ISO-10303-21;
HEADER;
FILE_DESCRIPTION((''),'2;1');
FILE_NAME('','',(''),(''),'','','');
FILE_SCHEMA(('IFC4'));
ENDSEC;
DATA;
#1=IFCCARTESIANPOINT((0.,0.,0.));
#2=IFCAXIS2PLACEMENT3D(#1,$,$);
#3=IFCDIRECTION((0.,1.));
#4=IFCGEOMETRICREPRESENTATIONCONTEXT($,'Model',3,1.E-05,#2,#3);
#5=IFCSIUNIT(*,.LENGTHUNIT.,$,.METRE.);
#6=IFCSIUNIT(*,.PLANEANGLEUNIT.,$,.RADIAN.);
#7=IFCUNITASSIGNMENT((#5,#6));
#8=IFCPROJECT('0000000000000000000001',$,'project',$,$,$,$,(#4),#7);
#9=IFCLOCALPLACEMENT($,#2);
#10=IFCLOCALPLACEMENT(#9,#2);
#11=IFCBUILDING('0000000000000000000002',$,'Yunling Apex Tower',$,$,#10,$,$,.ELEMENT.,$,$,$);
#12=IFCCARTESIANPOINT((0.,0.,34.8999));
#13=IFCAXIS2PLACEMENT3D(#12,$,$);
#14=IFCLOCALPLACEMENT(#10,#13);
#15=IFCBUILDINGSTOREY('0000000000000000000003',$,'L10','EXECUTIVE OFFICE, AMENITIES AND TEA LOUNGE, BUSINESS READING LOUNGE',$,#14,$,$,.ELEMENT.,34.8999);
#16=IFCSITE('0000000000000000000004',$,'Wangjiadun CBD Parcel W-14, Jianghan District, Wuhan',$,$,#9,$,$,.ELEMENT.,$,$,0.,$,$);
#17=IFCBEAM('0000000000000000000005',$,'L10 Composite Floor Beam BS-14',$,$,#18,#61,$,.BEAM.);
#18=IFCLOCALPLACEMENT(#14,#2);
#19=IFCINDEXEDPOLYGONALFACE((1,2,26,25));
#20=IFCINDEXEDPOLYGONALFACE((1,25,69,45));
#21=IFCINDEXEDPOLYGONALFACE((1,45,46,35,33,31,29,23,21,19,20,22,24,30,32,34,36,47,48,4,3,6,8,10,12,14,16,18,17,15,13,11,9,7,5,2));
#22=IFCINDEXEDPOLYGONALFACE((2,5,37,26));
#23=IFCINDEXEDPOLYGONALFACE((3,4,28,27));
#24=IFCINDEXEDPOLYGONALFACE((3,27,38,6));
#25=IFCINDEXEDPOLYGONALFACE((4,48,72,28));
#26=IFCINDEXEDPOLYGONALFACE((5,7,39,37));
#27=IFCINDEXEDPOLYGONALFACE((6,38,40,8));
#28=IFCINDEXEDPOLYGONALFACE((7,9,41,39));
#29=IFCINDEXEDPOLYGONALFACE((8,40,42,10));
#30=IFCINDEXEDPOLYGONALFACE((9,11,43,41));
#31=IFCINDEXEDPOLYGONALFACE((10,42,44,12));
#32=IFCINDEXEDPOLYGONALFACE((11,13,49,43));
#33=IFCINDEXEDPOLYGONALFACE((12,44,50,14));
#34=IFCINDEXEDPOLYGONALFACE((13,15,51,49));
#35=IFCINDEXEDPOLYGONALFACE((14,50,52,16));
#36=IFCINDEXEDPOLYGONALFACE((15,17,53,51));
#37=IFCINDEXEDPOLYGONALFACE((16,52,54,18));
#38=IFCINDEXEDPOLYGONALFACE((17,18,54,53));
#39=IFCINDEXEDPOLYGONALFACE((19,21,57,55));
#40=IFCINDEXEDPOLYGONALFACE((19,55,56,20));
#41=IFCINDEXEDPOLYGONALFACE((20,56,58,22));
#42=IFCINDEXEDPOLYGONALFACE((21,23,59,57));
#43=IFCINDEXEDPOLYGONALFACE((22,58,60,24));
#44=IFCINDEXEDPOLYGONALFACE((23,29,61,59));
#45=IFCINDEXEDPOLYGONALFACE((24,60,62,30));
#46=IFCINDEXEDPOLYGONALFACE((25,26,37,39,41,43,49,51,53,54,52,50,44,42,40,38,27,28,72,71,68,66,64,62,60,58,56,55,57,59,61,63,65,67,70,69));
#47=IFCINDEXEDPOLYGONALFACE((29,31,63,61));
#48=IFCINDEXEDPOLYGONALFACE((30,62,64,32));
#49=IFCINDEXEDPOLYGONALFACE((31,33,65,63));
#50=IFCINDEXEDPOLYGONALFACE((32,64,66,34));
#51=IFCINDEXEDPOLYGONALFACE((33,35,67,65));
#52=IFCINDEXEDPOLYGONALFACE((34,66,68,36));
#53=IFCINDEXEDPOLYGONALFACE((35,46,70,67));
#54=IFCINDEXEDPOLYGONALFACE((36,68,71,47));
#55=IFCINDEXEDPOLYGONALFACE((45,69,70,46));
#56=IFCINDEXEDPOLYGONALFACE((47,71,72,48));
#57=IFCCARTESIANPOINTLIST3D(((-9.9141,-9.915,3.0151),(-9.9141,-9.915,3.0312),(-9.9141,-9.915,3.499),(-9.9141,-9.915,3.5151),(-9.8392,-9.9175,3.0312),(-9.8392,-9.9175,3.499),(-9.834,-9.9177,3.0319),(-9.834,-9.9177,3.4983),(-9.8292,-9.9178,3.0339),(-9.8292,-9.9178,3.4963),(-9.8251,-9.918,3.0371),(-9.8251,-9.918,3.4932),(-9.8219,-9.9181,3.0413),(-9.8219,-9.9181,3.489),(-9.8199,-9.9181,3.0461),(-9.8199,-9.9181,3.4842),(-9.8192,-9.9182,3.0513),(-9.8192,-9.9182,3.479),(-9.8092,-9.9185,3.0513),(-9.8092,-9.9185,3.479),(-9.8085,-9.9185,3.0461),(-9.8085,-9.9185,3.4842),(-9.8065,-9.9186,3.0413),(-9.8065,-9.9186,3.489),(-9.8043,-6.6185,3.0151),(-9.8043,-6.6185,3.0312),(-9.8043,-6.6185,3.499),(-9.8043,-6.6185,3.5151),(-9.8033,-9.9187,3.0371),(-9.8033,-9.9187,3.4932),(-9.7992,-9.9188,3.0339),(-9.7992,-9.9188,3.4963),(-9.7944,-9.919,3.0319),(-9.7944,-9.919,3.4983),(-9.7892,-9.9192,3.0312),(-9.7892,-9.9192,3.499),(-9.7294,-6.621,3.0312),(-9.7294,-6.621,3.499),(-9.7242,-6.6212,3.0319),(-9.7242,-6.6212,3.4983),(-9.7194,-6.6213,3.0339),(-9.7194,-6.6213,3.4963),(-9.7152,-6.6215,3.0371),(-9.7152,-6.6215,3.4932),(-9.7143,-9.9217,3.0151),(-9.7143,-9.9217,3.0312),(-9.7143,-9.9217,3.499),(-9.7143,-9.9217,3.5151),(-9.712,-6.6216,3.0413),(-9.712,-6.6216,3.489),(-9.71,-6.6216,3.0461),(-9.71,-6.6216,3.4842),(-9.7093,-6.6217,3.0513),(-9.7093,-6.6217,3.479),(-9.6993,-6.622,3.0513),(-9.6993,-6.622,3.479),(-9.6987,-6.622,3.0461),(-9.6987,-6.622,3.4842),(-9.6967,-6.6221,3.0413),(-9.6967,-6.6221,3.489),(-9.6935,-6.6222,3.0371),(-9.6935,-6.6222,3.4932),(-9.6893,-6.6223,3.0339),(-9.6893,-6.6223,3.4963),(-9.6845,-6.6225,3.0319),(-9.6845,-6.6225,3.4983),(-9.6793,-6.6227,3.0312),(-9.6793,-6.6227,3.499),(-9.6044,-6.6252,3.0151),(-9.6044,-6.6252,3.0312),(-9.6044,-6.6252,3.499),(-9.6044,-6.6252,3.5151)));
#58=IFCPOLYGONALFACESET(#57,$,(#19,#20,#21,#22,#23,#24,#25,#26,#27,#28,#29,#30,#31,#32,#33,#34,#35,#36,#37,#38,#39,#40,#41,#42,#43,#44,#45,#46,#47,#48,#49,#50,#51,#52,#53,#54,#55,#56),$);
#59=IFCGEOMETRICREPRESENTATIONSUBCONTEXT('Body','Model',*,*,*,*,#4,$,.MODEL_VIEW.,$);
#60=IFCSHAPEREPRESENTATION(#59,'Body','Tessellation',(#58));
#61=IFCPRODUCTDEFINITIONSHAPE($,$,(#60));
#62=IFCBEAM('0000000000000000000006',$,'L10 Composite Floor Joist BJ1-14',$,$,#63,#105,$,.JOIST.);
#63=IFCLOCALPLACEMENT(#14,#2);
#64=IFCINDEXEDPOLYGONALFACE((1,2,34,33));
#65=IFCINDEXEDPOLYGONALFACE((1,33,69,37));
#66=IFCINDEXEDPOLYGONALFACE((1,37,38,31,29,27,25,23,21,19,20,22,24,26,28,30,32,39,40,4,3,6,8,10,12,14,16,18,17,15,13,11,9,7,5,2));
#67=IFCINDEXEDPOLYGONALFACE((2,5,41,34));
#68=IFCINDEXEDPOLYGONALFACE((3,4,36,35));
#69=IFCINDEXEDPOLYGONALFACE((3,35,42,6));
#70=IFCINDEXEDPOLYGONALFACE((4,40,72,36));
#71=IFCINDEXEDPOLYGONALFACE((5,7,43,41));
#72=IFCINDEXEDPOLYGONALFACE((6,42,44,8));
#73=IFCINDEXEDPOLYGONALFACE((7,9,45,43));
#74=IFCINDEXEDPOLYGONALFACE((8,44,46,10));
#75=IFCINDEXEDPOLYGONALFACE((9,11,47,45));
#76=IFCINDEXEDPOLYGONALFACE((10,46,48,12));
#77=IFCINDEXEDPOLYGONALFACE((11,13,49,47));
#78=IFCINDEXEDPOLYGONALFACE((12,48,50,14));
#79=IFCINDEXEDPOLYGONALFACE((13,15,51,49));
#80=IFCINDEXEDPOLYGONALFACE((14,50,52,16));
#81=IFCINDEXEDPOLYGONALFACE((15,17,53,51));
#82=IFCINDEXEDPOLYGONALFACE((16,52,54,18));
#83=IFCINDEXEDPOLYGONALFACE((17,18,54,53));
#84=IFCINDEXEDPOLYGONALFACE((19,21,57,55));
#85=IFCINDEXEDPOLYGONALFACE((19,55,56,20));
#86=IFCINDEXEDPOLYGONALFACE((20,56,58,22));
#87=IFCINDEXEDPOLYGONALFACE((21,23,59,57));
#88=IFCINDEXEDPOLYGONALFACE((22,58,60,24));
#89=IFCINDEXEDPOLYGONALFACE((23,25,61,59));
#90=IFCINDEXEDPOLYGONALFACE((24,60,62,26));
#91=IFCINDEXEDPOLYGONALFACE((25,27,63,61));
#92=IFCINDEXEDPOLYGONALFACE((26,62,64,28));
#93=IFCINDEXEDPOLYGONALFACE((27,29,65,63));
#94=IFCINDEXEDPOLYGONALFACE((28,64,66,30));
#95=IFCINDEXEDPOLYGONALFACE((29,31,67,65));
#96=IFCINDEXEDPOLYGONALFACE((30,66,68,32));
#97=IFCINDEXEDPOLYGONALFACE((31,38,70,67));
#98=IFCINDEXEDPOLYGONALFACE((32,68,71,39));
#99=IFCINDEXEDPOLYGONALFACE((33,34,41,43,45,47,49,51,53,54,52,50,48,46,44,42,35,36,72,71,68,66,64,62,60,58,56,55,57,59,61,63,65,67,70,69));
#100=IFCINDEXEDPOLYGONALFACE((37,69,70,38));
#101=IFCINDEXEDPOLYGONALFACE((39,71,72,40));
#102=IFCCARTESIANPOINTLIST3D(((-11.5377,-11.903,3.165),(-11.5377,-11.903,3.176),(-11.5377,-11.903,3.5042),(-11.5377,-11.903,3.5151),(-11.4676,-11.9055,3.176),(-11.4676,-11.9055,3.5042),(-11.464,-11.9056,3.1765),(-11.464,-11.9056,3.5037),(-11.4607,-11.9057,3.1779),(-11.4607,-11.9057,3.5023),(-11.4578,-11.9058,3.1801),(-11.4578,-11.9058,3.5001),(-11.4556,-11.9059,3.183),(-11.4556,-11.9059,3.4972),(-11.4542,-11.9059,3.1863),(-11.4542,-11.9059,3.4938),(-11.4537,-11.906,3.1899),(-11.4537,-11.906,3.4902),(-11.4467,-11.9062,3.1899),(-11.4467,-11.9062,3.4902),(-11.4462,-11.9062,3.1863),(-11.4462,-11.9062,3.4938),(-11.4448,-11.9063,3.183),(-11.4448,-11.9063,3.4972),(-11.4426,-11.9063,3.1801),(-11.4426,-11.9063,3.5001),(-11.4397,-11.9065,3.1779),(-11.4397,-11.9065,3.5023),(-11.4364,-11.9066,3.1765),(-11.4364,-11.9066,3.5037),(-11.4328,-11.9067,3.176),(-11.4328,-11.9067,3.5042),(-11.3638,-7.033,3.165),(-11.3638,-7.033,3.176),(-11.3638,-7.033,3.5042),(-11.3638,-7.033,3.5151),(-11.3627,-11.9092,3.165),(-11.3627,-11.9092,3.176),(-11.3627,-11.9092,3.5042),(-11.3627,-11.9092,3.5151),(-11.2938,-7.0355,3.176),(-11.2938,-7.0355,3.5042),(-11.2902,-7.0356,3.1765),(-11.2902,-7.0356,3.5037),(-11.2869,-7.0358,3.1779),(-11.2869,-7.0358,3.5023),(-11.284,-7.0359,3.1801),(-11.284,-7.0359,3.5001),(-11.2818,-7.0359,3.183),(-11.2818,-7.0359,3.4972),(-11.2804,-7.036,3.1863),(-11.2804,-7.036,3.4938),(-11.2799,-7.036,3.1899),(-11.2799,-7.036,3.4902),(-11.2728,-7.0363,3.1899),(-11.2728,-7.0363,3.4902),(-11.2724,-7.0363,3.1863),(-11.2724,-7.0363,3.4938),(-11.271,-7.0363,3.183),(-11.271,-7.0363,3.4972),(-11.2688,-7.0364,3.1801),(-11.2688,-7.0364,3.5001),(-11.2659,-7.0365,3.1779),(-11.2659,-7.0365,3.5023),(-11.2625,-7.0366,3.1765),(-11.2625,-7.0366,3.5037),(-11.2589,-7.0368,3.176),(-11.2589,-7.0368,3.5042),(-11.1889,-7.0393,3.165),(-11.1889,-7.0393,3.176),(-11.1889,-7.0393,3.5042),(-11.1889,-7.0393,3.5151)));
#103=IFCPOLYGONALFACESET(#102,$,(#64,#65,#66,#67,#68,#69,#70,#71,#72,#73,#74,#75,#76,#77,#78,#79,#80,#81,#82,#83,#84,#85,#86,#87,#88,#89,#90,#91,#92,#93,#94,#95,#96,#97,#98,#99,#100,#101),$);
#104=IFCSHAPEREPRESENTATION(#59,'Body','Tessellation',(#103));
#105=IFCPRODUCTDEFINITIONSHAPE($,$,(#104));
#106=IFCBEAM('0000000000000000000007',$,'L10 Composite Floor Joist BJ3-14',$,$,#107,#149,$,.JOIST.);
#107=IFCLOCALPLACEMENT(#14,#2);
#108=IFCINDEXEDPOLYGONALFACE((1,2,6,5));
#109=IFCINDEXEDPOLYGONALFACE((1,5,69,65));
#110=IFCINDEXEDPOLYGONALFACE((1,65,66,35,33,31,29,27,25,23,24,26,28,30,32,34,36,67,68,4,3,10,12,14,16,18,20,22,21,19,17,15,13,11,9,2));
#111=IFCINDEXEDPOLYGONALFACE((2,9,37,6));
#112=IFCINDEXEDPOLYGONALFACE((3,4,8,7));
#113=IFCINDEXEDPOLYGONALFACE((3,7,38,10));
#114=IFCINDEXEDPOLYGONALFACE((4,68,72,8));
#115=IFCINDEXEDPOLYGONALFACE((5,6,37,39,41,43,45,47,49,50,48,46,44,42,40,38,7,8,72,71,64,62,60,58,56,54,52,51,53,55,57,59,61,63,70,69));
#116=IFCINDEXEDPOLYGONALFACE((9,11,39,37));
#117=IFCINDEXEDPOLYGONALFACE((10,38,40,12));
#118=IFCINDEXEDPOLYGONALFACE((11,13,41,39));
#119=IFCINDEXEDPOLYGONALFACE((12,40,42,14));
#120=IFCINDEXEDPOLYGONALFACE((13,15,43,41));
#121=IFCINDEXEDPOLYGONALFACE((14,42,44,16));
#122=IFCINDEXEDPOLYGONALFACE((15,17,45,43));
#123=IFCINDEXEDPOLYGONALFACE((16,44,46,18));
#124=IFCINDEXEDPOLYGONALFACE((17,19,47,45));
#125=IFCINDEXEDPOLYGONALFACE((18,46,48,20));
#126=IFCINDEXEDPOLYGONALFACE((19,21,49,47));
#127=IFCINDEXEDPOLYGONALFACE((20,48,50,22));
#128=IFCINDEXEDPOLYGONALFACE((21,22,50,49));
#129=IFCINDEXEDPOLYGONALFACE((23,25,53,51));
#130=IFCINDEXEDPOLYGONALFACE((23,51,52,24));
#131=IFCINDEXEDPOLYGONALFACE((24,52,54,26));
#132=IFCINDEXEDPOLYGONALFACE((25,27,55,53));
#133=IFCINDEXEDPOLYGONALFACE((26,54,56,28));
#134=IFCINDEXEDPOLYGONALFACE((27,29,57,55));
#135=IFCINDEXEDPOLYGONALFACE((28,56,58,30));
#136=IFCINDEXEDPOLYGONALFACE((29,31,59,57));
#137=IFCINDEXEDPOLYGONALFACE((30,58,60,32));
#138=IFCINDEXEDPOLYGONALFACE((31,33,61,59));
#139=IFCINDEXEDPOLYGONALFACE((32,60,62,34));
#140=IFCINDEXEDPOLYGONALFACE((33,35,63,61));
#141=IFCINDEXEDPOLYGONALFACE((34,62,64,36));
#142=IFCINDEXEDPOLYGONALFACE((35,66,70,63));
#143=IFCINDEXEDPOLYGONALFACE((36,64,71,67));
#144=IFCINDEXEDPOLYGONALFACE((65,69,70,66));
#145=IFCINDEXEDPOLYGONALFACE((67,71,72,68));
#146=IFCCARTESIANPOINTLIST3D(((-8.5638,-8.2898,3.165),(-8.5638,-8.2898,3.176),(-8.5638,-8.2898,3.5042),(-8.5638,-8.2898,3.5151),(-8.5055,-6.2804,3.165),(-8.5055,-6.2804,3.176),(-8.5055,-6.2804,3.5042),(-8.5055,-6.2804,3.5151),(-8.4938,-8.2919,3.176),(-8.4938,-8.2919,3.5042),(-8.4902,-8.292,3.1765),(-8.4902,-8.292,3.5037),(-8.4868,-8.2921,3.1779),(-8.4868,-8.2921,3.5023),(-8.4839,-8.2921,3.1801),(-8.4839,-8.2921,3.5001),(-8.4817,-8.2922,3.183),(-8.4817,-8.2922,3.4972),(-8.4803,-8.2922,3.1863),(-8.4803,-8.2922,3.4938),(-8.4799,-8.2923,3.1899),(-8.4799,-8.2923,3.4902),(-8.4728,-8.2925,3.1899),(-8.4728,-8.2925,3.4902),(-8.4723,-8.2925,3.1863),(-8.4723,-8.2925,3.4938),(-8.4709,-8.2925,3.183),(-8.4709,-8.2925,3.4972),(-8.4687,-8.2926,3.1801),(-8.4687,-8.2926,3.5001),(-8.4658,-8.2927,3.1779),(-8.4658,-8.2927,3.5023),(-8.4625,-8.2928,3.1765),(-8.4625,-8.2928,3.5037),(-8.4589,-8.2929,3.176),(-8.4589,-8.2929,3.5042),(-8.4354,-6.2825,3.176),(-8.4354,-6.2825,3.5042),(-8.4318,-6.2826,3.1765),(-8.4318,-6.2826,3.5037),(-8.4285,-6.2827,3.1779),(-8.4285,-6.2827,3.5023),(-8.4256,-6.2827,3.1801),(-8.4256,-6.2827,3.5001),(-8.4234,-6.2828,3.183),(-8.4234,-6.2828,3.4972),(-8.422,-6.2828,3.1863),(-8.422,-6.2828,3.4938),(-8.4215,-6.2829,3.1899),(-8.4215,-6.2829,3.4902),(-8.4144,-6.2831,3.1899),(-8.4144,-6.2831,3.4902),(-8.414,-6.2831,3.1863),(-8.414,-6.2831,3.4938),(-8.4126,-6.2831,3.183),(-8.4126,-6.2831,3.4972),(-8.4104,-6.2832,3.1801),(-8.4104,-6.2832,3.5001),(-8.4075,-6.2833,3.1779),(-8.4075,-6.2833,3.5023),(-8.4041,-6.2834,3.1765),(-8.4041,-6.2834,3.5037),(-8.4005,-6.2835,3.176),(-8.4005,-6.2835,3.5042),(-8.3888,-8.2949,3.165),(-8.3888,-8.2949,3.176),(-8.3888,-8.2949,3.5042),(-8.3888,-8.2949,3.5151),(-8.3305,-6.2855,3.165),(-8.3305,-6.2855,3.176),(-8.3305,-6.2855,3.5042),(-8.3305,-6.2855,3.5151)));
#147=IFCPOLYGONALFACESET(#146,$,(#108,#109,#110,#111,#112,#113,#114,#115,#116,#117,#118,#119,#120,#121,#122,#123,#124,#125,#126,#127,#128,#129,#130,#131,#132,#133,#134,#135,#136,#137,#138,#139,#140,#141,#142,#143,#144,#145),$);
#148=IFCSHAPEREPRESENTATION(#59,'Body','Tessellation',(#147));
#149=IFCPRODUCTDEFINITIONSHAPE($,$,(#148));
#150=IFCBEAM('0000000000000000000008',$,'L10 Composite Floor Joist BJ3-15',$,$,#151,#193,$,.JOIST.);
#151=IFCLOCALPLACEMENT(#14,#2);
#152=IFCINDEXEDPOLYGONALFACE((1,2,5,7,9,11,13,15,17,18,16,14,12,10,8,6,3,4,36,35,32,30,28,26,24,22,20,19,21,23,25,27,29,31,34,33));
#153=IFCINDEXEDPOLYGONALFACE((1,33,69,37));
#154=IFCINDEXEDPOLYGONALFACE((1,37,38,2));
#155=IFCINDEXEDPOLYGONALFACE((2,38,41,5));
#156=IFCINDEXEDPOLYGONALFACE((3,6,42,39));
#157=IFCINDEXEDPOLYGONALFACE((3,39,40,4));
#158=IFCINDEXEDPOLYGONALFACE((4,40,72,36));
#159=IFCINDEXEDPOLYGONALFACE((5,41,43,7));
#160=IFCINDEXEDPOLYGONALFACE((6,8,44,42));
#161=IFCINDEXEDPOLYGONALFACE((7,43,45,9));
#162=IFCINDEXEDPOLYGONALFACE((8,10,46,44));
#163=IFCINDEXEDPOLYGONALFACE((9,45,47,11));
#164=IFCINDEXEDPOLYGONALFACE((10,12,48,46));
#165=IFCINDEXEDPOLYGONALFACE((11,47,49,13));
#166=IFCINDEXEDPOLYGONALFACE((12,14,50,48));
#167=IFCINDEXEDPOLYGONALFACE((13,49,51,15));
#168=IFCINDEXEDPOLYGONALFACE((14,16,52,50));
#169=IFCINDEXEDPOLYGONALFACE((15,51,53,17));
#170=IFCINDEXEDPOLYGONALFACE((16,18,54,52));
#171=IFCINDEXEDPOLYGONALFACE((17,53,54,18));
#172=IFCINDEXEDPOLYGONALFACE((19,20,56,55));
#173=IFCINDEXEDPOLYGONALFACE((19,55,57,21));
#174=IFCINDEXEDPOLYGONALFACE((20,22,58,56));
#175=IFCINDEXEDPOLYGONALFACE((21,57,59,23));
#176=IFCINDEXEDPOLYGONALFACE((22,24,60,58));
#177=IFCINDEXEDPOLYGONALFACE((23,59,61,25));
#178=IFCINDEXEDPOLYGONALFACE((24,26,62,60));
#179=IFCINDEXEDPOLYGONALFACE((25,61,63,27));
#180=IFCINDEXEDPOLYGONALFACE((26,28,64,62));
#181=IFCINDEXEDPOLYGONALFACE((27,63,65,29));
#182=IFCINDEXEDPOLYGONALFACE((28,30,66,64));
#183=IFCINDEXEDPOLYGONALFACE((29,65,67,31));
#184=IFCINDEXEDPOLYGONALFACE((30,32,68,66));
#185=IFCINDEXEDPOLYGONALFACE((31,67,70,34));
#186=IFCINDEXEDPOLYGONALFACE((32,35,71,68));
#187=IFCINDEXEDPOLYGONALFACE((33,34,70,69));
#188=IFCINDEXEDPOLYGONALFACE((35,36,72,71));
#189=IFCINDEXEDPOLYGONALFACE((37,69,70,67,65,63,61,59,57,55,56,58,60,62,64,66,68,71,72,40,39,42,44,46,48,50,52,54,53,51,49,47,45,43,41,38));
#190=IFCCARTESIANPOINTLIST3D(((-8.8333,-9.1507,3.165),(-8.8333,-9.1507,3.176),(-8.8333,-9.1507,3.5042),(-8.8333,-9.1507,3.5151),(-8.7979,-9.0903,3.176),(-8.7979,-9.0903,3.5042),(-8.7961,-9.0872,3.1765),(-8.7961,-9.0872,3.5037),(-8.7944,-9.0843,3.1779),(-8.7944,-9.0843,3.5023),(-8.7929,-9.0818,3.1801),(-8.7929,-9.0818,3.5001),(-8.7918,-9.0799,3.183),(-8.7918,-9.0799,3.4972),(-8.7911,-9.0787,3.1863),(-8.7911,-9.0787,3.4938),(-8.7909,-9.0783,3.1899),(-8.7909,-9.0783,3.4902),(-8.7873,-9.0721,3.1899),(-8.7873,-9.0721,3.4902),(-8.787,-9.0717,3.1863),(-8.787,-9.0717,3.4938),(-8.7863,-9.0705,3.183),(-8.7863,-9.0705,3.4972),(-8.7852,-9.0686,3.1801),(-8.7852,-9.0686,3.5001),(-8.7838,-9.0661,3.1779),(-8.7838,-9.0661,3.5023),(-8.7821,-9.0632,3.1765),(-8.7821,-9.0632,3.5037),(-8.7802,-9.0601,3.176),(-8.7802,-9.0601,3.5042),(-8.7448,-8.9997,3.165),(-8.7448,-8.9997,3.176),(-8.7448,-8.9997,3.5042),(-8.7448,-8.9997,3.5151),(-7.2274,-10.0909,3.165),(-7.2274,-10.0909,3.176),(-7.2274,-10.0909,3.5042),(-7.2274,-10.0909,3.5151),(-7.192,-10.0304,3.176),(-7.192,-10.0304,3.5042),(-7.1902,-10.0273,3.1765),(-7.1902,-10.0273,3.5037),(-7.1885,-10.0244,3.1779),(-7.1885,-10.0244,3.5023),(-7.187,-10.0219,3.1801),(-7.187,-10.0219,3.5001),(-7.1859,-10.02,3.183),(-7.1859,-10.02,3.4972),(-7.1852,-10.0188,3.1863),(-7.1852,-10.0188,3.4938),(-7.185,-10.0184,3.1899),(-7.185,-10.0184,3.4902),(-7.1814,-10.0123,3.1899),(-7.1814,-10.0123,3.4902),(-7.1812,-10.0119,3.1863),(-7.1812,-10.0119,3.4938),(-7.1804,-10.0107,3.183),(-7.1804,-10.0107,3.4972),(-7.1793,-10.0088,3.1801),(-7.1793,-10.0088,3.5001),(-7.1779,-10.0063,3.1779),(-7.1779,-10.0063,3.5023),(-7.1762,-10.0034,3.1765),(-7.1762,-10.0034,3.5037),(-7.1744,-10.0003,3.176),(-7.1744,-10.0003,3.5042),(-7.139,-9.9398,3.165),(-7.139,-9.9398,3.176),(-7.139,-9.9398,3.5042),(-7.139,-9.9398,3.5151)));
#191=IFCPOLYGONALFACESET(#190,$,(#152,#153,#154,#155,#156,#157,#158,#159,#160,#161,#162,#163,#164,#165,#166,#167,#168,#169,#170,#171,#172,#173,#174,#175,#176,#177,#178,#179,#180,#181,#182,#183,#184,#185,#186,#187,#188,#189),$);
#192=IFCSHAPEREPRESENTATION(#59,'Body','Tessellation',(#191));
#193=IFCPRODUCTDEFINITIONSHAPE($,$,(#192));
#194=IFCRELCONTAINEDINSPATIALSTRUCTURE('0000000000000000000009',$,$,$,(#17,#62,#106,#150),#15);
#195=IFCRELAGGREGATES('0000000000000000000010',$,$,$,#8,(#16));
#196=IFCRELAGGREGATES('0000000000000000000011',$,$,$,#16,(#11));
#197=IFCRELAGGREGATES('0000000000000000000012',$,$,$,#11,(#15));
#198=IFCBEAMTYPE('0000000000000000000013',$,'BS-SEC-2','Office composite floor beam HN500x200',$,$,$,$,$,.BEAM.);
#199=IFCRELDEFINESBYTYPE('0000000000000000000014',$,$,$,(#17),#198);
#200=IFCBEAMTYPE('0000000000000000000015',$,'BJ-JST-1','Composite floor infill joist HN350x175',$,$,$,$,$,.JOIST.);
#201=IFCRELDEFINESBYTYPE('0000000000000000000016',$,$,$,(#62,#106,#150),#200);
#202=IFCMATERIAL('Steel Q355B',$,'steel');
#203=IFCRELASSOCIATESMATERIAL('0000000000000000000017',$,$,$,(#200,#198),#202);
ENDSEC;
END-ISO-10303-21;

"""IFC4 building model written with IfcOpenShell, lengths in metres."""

from ifc_helpers import new_model, si_unit, direction, frame, origin, origin_2d, place, context, subcontext, project, spatial, i_section, extrude, source, transform, mapped, material, material_profile, profile_set, type_object, element, save


model = new_model("IFC4")

# Units and contexts
model_context = context("Model", 3, precision=1e-05, world=origin(), true_north=direction((0.0, 1.0)))
body_context = subcontext(model_context, "Body", "Model", "MODEL_VIEW")
ifc_project = project(units=[si_unit("LENGTHUNIT", "METRE"), si_unit("PLANEANGLEUNIT", "RADIAN")], contexts=[model_context])

# Site, building, storey
site_placement = place(None, origin())
site = spatial("IfcSite", under=ifc_project, at=site_placement, Name="Wangjiadun CBD Parcel W-14, Jianghan District, Wuhan", CompositionType="ELEMENT", RefElevation=0.0)
building_placement = place(site_placement, origin())
building = spatial("IfcBuilding", under=site, at=building_placement, Name="Yunling Apex Tower", CompositionType="ELEMENT")
storey_placement = place(building_placement, frame((0.0, 0.0, 34.8999)))
storey = spatial("IfcBuildingStorey", under=building, at=storey_placement, Name="L10", Description="EXECUTIVE OFFICE, AMENITIES AND TEA LOUNGE, BUSINESS READING LOUNGE", CompositionType="ELEMENT", Elevation=34.8999)

# Beams
ifc_material_1 = material(Name="Steel Q355B", Category="steel")
ifc_material_profile_1 = material_profile(ifc_material_1, i_section(OverallWidth=0.175, OverallDepth=0.3501, WebThickness=0.0071, FlangeThickness=0.011, FilletRadius=0.0139, at=origin_2d()))
ifc_profile_set_1 = profile_set([ifc_material_profile_1], Name="Steel Q355B")
beam_type_1 = type_object("IfcBeamType", Name="BJ-JST-1", Description="Composite floor infill joist HN350x175", PredefinedType="JOIST", material=ifc_profile_set_1)
ifc_material_profile_2 = material_profile(ifc_material_1, i_section(OverallWidth=0.2, OverallDepth=0.5, WebThickness=0.01, FlangeThickness=0.0161, FilletRadius=0.02, at=origin_2d()))
ifc_profile_set_2 = profile_set([ifc_material_profile_2], Name="Steel Q355B")
beam_type_2 = type_object("IfcBeamType", Name="BS-SEC-2", Description="Office composite floor beam HN500x200", PredefinedType="BEAM", material=ifc_profile_set_2)
shared_shape_1 = source(origin(), body_context, "Body", "SweptSolid", [
    extrude(i_section(OverallWidth=0.2, OverallDepth=0.5, WebThickness=0.01, FlangeThickness=0.0161, FilletRadius=0.02, at=origin_2d()), origin(), (0.0, 0.0, 1.0), 3.2983),
])
beam_1_placement = place(storey_placement, frame((-9.7043, -6.6218, 3.2651), z_axis=(-0.033307, -0.999445, 0.0), x_axis=(0.999445, -0.033307, 0.0)))
element("IfcBeam", 1, at=beam_1_placement, inside=storey, type_object=beam_type_2, Name="L10 Composite Floor Beam BS-14", PredefinedType="BEAM", context=body_context, shape_type="MappedRepresentation", body=[
    mapped(shared_shape_1, transform((0.0, 0.0, 0.0), scale=1.0)),
])
shared_shape_2 = source(origin(), body_context, "Body", "SweptSolid", [
    extrude(i_section(OverallWidth=0.175, OverallDepth=0.3501, WebThickness=0.0071, FlangeThickness=0.011, FilletRadius=0.0139, at=origin_2d()), origin(), (0.0, 0.0, 1.0), 4.873),
])
beam_2_placement = place(storey_placement, frame((-11.2764, -7.0361, 3.3401), z_axis=(-0.035672, -0.999364, 0.0), x_axis=(0.999364, -0.035672, 0.0)))
element("IfcBeam", 2, at=beam_2_placement, inside=storey, type_object=beam_type_1, Name="L10 Composite Floor Joist BJ1-14", PredefinedType="JOIST", context=body_context, shape_type="MappedRepresentation", body=[
    mapped(shared_shape_2, transform((0.0, 0.0, 0.0), scale=1.0)),
])
shared_shape_3 = source(origin(), body_context, "Body", "SweptSolid", [
    extrude(i_section(OverallWidth=0.175, OverallDepth=0.3501, WebThickness=0.0071, FlangeThickness=0.011, FilletRadius=0.0139, at=origin_2d()), origin(), (0.0, 0.0, 1.0), 2.0103),
])
beam_3_placement = place(storey_placement, frame((-8.418, -6.283, 3.3401), z_axis=(-0.029024, -0.999579, 0.0), x_axis=(0.999579, -0.029024, 0.0)))
element("IfcBeam", 3, at=beam_3_placement, inside=storey, type_object=beam_type_1, Name="L10 Composite Floor Joist BJ3-14", PredefinedType="JOIST", context=body_context, shape_type="MappedRepresentation", body=[
    mapped(shared_shape_3, transform((0.0, 0.0, 0.0), scale=1.0)),
])
shared_shape_4 = source(origin(), body_context, "Body", "SweptSolid", [
    extrude(i_section(OverallWidth=0.175, OverallDepth=0.3501, WebThickness=0.0071, FlangeThickness=0.011, FilletRadius=0.0139, at=origin_2d()), origin(), (0.0, 0.0, 1.0), 1.8608),
])
beam_4_placement = place(storey_placement, frame((-8.7891, -9.0752, 3.3401), z_axis=(0.862988, -0.505224, 0.0), x_axis=(0.505224, 0.862988, 0.0)))
element("IfcBeam", 4, at=beam_4_placement, inside=storey, type_object=beam_type_1, Name="L10 Composite Floor Joist BJ3-15", PredefinedType="JOIST", context=body_context, shape_type="MappedRepresentation", body=[
    mapped(shared_shape_4, transform((0.0, 0.0, 0.0), scale=1.0)),
])

save(model, "model.ifc")
